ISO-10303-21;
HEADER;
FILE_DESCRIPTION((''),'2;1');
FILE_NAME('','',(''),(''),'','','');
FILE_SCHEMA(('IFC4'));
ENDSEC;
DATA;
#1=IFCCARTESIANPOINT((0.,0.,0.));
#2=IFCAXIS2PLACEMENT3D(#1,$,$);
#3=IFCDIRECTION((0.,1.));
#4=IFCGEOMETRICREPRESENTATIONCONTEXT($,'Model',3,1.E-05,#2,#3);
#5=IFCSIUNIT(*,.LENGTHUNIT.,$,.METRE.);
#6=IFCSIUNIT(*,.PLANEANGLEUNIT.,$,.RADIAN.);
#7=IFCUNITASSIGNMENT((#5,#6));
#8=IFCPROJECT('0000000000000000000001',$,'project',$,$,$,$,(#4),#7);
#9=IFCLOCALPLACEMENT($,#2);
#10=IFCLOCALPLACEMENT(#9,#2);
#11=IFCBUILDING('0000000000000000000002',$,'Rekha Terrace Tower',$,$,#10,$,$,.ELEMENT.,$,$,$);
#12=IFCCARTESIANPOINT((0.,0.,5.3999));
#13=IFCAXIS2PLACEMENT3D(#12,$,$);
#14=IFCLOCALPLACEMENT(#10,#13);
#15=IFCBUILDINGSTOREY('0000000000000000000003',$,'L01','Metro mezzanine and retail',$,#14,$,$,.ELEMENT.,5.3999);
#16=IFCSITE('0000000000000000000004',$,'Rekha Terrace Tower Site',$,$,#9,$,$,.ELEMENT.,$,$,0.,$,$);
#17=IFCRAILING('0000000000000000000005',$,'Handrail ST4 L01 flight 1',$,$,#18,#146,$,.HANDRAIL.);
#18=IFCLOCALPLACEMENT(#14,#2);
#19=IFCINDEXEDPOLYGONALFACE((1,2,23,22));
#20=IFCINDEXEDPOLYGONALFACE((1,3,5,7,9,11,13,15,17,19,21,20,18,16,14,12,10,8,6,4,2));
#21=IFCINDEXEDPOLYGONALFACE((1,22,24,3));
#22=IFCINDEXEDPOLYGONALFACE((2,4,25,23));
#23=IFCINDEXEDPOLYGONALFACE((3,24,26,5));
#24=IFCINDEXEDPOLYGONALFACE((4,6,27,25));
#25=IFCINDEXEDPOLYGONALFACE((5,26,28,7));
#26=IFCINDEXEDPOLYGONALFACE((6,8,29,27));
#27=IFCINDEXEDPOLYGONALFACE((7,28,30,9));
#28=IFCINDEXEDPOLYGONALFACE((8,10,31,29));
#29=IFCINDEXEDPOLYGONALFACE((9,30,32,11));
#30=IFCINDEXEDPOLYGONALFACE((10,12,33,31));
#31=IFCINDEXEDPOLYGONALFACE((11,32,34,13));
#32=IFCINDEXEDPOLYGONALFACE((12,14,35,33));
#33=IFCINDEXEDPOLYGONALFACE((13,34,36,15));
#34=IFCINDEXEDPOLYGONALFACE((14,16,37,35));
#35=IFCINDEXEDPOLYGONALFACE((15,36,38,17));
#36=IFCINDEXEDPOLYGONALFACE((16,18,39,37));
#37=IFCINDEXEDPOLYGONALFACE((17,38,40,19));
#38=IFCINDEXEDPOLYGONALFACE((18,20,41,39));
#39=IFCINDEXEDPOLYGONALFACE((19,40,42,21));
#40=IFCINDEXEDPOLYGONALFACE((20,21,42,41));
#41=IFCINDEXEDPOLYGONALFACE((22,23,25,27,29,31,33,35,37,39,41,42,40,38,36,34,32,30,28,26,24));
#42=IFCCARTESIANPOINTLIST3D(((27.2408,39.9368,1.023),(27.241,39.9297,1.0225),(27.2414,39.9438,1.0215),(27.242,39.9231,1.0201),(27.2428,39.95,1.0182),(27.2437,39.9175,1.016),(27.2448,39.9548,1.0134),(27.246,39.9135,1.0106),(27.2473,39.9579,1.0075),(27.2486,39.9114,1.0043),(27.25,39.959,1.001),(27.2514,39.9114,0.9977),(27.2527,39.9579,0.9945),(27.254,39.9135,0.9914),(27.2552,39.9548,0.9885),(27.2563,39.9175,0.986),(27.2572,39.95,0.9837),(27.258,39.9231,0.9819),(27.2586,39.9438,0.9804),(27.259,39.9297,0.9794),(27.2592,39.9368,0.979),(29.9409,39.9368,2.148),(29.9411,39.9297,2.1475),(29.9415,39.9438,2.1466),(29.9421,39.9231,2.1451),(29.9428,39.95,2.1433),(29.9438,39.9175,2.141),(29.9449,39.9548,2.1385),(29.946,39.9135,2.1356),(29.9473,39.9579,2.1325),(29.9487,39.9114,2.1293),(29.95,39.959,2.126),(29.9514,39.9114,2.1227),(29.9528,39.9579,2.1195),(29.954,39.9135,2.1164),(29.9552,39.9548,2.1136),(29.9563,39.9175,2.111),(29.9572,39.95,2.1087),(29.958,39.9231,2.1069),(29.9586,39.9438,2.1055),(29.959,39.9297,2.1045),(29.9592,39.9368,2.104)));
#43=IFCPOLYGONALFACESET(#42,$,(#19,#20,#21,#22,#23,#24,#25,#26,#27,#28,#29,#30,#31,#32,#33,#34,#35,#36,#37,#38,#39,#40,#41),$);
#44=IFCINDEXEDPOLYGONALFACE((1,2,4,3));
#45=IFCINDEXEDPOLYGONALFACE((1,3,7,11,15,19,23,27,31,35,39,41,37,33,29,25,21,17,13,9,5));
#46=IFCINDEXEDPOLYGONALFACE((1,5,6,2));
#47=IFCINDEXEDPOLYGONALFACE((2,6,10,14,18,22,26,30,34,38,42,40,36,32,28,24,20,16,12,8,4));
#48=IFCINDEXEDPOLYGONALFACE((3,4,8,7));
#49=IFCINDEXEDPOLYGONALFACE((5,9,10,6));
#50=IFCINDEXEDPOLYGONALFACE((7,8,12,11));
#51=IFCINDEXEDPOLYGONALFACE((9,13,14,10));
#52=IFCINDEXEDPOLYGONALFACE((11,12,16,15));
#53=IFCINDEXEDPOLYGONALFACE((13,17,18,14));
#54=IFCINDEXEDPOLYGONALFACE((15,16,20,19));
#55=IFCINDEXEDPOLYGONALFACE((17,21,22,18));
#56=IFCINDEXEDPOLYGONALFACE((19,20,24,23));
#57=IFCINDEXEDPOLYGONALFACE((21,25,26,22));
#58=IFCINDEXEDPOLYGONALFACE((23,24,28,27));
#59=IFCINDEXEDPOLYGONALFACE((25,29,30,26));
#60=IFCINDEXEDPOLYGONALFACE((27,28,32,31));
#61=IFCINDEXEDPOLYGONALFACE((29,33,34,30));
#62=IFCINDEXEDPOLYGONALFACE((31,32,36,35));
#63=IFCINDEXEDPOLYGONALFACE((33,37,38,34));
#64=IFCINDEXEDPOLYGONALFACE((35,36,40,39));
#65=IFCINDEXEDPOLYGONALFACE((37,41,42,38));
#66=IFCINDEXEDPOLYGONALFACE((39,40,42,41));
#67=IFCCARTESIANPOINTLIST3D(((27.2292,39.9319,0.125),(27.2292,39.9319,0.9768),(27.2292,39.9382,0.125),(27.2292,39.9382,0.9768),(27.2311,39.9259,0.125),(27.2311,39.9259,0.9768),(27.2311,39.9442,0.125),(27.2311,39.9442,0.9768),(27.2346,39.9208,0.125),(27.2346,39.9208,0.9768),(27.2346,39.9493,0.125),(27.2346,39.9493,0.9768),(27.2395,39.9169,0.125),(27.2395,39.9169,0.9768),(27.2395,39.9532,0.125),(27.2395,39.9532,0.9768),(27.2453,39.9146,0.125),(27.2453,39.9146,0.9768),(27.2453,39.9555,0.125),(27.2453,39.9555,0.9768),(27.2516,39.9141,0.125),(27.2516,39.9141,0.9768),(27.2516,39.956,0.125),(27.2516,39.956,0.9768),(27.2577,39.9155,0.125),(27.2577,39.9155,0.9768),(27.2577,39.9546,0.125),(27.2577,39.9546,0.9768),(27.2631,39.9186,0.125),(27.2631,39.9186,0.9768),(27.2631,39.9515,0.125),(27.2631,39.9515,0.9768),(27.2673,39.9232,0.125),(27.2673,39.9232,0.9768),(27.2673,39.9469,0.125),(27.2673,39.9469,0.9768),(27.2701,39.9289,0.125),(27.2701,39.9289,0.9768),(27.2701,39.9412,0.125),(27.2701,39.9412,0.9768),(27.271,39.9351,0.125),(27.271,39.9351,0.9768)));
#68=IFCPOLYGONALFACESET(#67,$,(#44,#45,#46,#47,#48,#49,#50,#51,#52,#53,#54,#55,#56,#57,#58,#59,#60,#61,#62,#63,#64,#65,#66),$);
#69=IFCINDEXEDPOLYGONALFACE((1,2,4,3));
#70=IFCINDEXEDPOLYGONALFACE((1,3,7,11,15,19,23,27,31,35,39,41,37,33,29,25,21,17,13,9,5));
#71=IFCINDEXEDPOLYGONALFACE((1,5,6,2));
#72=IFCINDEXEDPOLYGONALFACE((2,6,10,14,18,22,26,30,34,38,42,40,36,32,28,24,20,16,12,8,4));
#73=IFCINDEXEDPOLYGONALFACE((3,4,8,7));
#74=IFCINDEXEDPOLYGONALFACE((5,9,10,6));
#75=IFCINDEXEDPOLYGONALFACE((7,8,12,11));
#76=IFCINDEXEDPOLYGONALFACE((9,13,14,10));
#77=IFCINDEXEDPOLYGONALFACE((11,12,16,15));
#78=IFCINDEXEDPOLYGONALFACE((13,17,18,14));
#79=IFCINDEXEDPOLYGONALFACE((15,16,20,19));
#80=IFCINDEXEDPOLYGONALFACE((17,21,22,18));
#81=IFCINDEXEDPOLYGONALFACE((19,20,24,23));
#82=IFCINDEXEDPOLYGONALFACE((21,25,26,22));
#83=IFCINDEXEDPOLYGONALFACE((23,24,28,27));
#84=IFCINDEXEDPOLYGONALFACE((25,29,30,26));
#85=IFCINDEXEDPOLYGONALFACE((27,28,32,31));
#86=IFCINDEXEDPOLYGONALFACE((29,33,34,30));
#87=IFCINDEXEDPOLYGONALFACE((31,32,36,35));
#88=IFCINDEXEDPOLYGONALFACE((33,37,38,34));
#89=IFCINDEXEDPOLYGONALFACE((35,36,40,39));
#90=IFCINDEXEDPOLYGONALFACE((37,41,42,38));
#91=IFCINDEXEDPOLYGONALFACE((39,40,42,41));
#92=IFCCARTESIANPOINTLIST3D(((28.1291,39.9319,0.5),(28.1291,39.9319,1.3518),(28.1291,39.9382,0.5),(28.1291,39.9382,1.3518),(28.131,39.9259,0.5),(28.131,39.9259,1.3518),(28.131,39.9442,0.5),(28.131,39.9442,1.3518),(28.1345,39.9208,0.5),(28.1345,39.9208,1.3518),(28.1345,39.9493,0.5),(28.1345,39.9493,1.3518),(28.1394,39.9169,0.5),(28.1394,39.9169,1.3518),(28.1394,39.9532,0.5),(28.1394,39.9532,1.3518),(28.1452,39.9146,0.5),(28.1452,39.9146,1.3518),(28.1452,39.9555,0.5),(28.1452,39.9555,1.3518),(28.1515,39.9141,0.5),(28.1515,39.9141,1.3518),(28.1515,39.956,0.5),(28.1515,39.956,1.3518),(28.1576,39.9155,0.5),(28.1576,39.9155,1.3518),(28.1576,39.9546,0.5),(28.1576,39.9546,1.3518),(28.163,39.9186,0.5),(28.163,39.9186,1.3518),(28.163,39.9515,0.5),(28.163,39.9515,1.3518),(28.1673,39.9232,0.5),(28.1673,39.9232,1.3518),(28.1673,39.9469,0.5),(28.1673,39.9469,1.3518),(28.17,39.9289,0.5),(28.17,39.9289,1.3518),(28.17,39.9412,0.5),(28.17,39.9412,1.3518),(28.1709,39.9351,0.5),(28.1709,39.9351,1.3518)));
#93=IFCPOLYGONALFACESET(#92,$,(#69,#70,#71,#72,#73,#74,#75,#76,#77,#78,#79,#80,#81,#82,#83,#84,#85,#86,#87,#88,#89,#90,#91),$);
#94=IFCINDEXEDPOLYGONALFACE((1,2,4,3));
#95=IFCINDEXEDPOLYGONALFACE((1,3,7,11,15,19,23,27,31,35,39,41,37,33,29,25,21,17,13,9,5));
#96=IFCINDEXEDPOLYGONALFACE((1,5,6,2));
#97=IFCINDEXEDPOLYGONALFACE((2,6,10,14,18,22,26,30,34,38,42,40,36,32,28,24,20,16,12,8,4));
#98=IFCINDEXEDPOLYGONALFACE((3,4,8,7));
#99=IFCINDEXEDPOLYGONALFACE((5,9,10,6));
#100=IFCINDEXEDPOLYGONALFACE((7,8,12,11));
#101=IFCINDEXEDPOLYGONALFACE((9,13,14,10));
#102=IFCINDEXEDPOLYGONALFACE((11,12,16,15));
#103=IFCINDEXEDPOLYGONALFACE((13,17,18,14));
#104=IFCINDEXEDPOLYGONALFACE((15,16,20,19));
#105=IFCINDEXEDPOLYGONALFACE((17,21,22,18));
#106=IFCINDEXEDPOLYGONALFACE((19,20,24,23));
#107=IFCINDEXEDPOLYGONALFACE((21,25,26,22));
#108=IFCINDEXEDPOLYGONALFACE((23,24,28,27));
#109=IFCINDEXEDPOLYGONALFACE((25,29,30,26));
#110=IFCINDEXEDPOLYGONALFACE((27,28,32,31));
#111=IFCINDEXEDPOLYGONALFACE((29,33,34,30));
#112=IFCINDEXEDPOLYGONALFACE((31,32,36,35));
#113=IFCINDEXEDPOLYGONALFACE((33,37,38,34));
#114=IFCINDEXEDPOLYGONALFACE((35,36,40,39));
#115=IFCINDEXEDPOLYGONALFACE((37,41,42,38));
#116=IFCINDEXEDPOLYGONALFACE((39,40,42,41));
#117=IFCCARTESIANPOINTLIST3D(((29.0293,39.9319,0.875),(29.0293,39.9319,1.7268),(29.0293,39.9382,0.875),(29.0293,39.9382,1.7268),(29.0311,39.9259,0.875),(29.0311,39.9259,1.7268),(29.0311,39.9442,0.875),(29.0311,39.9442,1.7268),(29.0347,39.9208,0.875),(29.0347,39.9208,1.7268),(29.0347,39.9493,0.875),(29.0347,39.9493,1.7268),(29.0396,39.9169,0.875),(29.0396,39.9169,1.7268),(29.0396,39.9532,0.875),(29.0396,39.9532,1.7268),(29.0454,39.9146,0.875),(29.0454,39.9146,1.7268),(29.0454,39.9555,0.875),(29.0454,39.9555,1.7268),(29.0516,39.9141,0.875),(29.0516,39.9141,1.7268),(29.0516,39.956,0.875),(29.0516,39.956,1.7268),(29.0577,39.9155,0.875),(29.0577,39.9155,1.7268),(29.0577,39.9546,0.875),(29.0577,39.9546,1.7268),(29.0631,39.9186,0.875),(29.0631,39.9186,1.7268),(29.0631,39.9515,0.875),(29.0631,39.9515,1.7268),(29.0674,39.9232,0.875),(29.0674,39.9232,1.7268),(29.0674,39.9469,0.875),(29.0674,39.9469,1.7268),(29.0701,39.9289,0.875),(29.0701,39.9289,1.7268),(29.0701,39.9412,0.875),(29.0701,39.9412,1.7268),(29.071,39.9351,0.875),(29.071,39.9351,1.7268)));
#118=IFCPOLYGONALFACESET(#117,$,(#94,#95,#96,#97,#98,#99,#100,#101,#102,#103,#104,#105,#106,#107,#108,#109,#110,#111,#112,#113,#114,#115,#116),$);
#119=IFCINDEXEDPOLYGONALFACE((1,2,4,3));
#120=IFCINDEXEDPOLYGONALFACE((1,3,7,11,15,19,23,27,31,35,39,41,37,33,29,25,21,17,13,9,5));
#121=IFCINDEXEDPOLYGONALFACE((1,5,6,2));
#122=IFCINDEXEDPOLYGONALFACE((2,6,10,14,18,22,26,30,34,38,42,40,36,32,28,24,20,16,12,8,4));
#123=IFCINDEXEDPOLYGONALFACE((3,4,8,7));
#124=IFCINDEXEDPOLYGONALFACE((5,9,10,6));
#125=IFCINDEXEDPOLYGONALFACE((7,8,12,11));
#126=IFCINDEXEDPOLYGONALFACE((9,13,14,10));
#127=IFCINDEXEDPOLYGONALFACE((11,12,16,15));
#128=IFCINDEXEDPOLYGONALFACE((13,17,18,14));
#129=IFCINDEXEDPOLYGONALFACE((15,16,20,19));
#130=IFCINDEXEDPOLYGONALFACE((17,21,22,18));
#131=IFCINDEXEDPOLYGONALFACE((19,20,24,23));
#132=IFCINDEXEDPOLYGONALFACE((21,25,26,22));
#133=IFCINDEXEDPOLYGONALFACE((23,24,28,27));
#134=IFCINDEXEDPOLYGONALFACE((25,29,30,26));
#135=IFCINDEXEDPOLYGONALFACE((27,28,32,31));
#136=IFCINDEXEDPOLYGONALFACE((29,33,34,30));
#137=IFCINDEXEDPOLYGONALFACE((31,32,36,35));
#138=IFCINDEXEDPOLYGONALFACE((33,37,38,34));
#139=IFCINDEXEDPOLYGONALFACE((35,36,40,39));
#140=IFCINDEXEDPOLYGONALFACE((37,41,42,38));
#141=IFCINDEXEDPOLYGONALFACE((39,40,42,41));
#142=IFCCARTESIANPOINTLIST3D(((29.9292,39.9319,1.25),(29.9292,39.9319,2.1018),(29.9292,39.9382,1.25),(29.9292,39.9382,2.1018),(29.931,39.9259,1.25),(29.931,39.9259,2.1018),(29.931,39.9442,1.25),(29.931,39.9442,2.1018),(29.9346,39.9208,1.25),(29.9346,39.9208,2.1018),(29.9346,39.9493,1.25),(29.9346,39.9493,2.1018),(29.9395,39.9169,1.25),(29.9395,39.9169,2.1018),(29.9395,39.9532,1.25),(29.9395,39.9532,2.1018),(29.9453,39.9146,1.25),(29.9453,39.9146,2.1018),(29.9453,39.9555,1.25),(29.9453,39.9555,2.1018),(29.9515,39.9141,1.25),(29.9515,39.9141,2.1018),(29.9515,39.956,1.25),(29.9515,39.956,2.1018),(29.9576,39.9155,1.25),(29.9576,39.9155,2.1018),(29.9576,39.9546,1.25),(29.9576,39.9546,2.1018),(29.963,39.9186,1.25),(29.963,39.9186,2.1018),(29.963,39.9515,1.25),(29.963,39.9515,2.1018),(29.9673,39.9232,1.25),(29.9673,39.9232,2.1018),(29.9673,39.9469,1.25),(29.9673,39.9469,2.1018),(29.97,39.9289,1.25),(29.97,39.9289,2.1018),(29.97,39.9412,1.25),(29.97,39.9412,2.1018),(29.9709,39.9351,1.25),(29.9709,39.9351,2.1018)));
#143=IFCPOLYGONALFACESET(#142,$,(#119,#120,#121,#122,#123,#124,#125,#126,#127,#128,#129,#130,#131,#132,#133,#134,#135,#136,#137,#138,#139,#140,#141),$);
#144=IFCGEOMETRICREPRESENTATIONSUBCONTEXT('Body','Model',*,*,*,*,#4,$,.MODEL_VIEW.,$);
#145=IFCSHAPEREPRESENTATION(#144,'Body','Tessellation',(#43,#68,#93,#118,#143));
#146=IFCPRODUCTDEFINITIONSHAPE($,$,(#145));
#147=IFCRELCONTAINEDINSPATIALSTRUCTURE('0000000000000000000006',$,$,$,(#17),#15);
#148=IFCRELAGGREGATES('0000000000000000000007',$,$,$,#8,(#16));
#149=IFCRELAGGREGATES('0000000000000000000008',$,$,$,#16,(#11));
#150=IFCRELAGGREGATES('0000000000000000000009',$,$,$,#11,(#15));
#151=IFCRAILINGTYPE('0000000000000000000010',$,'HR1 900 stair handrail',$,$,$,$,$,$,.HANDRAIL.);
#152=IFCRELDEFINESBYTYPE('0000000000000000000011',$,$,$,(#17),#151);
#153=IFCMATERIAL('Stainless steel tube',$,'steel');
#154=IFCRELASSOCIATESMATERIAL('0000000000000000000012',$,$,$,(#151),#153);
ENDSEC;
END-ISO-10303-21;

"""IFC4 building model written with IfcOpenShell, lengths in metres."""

from ifc_helpers import new_model, si_unit, direction, frame, origin, origin_2d, place, context, subcontext, project, spatial, circle, extrude, material, type_object, element, save


model = new_model("IFC4")

# Units and contexts
model_context = context("Model", 3, precision=1e-05, world=origin(), true_north=direction((0.0, 1.0)))
body_context = subcontext(model_context, "Body", "Model", "MODEL_VIEW")
ifc_project = project(units=[si_unit("LENGTHUNIT", "METRE"), si_unit("PLANEANGLEUNIT", "RADIAN")], contexts=[model_context])

# Site, building, storey
site_placement = place(None, origin())
site = spatial("IfcSite", under=ifc_project, at=site_placement, Name="Rekha Terrace Tower Site", CompositionType="ELEMENT", RefElevation=0.0)
building_placement = place(site_placement, origin())
building = spatial("IfcBuilding", under=site, at=building_placement, Name="Rekha Terrace Tower", CompositionType="ELEMENT")
storey_placement = place(building_placement, frame((0.0, 0.0, 5.3999)))
storey = spatial("IfcBuildingStorey", under=building, at=storey_placement, Name="L01", Description="Metro mezzanine and retail", CompositionType="ELEMENT", Elevation=5.3999)

# Railing
ifc_material_1 = material(Name="Stainless steel tube", Category="steel")
railing_type_1 = type_object("IfcRailingType", Name="HR1 900 stair handrail", PredefinedType="HANDRAIL", material=ifc_material_1)
for number, where, name in (
    (1, (27.25, 39.9351, 0.125), "Handrail ST4 L01 flight 1"),
):
    element("IfcRailing", number, at=place(storey_placement, frame(where)), inside=storey, type_object=railing_type_1, Name=name, PredefinedType="HANDRAIL", context=body_context, shape_type="SweptSolid", body=[
        extrude(circle(Radius=0.0239, at=origin_2d()), frame((0.0, 0.0, 0.876), z_axis=(0.923074, 0.0, 0.384621), x_axis=(0.0, 1.0, 0.0)), (0.0, 0.0, 1.0), 2.925),
        extrude(circle(Radius=0.021, at=origin_2d()), origin(), (0.0, 0.0, 1.0), 0.8518),
        extrude(circle(Radius=0.021, at=origin_2d()), frame((0.8999, 0.0, 0.375)), (0.0, 0.0, 1.0), 0.8518),
        extrude(circle(Radius=0.021, at=origin_2d()), frame((1.8, 0.0, 0.75)), (0.0, 0.0, 1.0), 0.8518),
        extrude(circle(Radius=0.021, at=origin_2d()), frame((2.7, 0.0, 1.125)), (0.0, 0.0, 1.0), 0.8518),
    ])

save(model, "model.ifc")
